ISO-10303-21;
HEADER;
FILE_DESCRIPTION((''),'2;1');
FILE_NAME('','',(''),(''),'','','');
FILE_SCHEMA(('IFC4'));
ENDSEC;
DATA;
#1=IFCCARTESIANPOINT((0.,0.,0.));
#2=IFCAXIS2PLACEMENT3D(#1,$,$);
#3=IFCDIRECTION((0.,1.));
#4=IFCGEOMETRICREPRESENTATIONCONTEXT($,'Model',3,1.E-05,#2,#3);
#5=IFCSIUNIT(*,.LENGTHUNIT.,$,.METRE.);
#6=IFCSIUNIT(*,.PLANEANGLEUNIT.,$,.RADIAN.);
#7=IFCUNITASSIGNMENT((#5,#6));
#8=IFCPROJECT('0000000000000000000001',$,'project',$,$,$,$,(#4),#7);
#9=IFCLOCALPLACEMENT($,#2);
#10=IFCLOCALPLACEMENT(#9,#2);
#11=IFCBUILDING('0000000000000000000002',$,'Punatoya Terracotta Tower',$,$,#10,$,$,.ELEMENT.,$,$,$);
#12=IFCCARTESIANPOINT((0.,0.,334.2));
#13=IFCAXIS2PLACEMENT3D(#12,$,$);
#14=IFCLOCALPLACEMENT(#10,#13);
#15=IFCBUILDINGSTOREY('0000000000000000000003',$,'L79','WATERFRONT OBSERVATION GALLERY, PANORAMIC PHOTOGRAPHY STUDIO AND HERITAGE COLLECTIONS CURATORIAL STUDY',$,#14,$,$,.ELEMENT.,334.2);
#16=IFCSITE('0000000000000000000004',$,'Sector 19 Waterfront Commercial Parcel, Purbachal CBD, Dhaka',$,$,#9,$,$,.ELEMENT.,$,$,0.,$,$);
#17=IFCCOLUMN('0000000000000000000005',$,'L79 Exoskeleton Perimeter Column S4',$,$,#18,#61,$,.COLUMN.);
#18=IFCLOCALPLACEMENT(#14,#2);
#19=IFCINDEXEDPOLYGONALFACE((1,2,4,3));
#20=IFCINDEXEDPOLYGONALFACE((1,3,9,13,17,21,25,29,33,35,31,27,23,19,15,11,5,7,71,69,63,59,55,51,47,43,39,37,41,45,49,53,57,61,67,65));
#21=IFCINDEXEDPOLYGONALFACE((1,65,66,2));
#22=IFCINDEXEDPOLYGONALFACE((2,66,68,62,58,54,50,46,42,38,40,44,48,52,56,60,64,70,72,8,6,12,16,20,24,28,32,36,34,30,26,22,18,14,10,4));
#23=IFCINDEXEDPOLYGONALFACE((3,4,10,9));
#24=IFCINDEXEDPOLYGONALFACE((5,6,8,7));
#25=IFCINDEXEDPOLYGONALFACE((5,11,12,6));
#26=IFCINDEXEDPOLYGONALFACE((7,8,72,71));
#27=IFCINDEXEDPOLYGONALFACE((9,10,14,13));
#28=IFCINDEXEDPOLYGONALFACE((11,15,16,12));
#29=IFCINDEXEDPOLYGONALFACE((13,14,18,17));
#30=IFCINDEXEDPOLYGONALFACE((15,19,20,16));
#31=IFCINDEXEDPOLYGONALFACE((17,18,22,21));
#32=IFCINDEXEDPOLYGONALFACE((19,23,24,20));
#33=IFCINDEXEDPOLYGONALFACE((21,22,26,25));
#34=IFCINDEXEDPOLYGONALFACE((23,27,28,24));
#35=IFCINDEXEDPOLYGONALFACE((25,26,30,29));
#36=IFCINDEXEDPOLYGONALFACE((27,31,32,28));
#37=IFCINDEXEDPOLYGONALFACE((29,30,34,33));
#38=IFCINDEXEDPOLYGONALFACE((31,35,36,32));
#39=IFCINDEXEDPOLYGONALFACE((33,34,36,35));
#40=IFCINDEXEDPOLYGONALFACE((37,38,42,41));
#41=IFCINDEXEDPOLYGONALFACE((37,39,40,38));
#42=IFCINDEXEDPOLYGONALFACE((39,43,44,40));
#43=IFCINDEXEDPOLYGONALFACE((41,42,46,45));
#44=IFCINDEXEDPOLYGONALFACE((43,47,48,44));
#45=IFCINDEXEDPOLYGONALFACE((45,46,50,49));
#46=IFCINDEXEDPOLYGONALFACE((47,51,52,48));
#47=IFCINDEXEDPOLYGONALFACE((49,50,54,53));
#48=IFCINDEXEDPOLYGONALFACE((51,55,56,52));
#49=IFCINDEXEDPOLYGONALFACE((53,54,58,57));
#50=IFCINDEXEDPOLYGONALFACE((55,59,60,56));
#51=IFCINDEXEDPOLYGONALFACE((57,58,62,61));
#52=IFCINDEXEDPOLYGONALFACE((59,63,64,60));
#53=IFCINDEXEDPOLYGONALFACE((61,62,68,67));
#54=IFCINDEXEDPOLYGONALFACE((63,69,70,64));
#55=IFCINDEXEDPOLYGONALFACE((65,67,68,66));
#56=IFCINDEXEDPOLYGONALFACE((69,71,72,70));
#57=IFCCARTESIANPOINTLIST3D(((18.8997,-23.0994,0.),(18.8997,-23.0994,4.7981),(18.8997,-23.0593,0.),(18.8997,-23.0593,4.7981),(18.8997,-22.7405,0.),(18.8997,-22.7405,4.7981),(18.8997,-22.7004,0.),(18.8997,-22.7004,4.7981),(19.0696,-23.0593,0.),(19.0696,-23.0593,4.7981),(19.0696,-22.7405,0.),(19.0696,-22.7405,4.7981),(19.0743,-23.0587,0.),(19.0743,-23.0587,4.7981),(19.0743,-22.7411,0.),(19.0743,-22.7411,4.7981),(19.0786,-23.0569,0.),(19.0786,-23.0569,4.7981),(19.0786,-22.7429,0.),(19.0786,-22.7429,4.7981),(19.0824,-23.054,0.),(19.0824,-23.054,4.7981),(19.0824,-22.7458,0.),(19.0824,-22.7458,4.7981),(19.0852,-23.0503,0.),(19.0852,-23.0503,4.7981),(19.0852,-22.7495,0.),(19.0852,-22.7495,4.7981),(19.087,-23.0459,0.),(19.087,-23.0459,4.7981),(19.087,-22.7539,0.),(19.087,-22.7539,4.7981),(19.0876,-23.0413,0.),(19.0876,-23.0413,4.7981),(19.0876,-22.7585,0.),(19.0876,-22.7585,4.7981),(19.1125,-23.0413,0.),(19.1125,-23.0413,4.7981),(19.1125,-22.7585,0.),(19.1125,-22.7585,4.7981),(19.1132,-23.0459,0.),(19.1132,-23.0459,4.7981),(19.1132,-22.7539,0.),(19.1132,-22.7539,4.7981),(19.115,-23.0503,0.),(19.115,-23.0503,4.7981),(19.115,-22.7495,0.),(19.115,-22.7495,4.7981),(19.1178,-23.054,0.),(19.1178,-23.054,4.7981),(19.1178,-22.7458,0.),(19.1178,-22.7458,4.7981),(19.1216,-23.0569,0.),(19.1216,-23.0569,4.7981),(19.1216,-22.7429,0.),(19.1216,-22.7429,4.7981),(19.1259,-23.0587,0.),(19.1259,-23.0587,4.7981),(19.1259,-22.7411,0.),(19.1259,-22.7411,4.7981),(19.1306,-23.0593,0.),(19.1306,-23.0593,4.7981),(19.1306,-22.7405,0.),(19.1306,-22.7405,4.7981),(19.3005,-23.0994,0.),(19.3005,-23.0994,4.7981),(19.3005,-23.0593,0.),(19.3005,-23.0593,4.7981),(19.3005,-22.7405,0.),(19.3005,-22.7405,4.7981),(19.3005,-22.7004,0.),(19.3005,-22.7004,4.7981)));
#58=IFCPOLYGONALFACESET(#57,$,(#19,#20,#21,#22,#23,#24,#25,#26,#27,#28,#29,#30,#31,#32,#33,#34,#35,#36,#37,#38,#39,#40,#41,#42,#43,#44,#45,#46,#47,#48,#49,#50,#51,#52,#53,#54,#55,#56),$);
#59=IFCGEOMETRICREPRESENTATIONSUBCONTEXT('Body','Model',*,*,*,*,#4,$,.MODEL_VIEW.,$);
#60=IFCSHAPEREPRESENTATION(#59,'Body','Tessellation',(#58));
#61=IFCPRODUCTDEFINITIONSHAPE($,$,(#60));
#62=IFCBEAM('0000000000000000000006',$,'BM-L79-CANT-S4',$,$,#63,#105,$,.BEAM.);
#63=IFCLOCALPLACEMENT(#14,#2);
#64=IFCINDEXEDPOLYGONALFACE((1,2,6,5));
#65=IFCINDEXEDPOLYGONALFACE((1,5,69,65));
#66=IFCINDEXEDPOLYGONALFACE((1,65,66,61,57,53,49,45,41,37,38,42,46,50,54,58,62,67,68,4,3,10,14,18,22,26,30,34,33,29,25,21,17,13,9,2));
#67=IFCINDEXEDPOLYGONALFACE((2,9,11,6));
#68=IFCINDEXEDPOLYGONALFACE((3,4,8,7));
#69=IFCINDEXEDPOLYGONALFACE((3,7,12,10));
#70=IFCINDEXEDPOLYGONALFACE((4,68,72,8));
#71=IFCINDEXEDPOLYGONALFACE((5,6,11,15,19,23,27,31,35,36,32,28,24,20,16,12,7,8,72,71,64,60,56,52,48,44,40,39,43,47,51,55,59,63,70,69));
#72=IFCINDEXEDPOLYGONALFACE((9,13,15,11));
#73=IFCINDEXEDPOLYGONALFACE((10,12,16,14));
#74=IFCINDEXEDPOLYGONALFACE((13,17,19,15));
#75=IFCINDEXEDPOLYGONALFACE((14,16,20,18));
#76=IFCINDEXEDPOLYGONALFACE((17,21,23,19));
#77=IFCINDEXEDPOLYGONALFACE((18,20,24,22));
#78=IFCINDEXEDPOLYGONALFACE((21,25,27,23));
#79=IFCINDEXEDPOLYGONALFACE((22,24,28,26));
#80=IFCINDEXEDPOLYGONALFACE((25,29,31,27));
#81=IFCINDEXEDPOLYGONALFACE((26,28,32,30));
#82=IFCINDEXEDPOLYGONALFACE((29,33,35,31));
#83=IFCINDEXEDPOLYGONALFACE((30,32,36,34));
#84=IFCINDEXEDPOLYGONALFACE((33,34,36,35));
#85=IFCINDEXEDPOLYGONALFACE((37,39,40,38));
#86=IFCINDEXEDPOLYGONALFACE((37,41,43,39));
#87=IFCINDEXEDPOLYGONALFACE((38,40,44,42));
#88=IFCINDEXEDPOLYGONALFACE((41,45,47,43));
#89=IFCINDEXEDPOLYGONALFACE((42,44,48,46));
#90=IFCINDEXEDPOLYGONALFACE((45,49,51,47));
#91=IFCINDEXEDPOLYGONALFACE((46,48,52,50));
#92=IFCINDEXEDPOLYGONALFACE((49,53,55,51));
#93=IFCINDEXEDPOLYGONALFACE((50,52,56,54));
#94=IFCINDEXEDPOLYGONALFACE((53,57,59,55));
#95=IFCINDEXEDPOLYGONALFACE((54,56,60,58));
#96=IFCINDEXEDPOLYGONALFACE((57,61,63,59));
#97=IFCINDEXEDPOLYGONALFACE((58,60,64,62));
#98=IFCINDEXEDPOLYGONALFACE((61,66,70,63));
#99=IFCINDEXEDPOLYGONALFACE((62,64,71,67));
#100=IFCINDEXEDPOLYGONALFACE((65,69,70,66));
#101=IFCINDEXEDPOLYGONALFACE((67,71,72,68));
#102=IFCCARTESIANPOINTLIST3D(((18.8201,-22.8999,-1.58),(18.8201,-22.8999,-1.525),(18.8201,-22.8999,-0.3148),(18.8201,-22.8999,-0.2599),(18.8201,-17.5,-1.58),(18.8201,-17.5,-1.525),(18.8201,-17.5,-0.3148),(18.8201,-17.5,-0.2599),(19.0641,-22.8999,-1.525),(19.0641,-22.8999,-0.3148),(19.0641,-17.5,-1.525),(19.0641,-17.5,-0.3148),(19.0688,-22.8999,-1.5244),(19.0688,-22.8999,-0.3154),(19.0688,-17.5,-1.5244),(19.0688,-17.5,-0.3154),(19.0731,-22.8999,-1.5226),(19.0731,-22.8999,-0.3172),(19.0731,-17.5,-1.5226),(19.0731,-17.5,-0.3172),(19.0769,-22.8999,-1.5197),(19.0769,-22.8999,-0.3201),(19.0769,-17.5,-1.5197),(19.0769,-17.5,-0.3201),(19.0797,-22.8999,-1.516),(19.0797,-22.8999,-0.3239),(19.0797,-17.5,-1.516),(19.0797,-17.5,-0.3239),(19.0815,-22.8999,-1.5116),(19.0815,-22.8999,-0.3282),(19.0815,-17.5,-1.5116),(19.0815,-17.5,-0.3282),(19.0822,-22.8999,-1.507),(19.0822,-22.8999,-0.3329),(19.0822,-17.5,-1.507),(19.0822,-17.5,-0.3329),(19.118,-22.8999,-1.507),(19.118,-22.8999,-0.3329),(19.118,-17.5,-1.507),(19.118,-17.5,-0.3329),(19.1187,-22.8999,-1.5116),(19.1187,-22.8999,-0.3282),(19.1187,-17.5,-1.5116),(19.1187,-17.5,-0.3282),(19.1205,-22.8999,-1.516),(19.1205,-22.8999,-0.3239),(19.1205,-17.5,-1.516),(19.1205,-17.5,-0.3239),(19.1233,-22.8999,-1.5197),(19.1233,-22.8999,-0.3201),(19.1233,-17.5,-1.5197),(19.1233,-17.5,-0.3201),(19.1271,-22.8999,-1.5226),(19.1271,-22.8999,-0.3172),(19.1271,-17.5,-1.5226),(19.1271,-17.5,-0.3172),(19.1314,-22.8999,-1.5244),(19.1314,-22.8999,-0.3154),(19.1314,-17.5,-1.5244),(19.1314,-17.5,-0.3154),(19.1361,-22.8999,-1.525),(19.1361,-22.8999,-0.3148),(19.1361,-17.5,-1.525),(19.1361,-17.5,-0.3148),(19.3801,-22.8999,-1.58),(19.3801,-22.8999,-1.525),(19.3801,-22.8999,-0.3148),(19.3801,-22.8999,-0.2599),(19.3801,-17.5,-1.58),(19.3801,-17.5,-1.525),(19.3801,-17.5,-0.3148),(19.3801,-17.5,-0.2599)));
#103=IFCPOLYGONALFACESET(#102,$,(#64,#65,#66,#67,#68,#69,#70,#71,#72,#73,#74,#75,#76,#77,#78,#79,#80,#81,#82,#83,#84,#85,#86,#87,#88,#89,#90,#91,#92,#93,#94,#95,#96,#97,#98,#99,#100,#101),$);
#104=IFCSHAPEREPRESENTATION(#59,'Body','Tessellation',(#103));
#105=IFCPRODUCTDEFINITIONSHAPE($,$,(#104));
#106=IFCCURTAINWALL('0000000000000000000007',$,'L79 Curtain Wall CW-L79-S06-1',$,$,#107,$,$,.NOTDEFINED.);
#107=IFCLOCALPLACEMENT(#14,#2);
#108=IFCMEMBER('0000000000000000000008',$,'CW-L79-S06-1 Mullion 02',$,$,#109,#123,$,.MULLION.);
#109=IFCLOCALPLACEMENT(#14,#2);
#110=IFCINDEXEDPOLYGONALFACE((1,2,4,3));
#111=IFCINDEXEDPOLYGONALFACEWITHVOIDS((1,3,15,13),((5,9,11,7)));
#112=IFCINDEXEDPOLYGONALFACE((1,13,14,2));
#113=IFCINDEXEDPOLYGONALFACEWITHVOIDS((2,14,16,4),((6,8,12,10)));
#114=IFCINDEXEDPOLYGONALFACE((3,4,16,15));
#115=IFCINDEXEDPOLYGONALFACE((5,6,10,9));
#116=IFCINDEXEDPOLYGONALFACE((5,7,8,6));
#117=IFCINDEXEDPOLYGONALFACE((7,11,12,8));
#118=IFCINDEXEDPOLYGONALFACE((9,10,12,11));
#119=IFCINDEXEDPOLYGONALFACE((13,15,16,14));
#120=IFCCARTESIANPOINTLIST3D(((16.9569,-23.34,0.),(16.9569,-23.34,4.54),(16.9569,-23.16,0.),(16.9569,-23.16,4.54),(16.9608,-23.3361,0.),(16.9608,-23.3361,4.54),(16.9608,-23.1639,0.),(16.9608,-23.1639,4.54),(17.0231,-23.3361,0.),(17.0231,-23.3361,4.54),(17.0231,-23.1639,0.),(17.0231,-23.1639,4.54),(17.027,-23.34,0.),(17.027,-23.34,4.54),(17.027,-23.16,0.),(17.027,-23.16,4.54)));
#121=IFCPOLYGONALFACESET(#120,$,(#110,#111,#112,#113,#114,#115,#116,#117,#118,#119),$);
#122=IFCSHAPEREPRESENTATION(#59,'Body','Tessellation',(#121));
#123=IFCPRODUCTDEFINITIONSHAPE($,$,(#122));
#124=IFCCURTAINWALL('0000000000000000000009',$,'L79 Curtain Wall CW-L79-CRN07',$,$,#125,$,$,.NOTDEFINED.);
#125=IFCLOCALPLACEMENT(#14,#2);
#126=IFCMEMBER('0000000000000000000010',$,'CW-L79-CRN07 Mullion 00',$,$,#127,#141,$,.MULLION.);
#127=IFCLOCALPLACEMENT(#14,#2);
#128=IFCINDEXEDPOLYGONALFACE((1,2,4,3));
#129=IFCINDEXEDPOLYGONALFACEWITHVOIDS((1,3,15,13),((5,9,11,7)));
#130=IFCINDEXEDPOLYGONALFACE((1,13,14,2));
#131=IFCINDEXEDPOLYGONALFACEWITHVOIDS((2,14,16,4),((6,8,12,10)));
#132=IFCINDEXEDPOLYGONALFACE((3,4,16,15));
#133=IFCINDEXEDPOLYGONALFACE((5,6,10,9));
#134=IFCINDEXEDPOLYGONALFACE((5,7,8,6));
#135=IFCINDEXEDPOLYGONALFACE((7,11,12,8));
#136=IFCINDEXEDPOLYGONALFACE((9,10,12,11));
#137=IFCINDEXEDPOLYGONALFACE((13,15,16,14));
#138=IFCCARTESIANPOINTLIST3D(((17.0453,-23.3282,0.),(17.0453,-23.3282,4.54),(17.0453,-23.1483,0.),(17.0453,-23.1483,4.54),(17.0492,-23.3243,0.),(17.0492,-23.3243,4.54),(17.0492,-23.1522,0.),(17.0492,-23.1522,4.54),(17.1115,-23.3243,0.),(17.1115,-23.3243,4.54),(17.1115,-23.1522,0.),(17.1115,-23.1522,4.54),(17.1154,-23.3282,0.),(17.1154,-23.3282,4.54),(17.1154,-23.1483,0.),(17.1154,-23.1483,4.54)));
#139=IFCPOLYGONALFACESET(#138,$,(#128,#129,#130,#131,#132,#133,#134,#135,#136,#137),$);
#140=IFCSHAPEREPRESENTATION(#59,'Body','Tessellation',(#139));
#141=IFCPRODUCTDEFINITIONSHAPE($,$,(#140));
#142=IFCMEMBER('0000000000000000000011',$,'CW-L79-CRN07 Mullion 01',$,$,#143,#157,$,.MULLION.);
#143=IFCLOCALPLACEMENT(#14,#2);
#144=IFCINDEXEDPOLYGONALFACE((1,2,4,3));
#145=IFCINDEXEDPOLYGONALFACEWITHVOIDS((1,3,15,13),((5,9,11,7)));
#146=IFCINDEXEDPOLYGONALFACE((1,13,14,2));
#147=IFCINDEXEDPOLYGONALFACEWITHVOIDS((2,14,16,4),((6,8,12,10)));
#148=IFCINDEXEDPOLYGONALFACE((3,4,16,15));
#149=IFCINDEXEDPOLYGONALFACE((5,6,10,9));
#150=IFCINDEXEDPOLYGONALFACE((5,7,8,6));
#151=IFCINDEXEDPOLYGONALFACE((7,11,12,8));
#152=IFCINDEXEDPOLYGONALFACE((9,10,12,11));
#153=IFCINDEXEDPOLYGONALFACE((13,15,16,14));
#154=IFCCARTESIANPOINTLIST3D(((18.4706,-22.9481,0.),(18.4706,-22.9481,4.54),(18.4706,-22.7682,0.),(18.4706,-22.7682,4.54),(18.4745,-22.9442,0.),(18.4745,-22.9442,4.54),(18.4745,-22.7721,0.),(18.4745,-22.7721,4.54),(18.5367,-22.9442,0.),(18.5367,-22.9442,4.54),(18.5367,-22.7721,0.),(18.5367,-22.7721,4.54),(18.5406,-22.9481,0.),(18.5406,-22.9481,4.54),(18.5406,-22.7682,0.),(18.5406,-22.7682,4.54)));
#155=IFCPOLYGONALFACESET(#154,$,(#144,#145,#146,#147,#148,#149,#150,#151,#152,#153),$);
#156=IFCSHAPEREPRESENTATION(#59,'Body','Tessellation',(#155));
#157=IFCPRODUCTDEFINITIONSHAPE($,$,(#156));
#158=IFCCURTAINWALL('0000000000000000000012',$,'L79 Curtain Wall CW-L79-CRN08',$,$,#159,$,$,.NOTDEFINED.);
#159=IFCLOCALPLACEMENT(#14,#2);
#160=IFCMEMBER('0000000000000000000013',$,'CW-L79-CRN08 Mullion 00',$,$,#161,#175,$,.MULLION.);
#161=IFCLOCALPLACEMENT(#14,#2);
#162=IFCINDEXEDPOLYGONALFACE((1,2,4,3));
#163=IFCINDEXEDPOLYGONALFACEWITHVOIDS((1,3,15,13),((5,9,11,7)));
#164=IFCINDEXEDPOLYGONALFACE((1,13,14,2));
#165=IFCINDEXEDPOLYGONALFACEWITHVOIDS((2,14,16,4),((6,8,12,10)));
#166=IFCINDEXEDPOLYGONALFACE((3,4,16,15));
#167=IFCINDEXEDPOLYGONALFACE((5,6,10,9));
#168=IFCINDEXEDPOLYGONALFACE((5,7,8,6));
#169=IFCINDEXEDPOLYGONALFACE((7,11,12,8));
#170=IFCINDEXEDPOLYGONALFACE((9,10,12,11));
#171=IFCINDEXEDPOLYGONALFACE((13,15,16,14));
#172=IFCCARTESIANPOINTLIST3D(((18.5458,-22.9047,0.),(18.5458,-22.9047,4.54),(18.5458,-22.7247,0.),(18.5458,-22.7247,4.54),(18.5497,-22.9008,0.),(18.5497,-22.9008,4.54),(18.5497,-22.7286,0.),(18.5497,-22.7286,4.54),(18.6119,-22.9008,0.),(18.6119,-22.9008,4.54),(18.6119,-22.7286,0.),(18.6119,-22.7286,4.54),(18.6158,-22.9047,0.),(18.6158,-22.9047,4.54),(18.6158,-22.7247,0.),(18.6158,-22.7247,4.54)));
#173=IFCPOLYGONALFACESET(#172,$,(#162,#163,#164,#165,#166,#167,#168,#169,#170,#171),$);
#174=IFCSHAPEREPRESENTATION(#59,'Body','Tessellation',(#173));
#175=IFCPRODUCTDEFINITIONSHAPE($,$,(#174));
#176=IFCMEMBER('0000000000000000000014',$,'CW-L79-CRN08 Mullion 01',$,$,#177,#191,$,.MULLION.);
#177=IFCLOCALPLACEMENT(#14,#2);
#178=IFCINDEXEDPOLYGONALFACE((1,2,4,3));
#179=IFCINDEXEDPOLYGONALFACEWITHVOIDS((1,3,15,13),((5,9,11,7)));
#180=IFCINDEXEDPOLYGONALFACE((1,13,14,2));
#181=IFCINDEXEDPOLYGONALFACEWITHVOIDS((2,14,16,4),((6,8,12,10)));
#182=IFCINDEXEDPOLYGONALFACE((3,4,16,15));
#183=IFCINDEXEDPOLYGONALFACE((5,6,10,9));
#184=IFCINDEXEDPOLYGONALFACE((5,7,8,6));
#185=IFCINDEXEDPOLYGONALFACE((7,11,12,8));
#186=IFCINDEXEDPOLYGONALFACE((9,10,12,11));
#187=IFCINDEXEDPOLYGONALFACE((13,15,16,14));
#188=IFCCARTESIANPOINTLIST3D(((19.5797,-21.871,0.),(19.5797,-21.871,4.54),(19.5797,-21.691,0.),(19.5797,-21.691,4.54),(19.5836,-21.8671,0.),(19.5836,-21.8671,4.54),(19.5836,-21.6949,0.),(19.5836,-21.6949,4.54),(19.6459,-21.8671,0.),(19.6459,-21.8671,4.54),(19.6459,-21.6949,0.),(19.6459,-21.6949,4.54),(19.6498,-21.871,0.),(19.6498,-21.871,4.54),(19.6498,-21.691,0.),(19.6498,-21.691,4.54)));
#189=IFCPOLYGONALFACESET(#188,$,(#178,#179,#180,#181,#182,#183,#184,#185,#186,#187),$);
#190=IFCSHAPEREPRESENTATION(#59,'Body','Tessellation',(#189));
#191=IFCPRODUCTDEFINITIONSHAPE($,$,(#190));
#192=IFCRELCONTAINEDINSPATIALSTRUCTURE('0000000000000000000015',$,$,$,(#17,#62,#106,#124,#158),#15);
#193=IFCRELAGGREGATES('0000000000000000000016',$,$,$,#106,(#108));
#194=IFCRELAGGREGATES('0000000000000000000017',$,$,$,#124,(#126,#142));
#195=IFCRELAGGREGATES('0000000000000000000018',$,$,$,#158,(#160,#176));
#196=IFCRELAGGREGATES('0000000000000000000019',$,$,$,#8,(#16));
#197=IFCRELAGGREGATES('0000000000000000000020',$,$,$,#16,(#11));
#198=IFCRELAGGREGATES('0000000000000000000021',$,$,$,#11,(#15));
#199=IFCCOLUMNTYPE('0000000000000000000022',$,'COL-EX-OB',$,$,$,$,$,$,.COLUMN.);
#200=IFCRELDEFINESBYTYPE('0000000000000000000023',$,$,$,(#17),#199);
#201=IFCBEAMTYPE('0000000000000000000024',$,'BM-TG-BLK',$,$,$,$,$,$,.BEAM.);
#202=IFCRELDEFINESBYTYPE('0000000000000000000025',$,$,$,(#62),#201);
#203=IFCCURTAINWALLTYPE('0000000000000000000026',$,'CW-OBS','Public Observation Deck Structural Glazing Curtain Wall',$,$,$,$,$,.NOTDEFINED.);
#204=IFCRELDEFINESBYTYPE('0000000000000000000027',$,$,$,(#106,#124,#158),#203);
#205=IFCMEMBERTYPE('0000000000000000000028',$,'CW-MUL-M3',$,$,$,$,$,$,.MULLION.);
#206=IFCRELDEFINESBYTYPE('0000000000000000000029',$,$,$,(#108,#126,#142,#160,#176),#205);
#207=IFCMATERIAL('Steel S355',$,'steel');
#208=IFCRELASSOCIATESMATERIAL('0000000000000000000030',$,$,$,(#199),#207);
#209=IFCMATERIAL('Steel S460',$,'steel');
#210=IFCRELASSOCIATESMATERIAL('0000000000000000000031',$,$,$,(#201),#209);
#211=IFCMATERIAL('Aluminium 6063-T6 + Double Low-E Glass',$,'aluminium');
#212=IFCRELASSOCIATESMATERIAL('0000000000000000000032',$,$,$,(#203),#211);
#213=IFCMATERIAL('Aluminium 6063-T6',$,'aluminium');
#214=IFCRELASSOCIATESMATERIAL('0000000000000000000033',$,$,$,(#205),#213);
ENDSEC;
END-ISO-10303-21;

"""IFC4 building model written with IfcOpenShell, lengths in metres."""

from ifc_helpers import new_model, si_unit, direction, frame, origin, origin_2d, place, context, subcontext, project, spatial, hollow_rectangle, i_section, extrude, material, material_profile, profile_set, type_object, element, aggregate, save


model = new_model("IFC4")

# Units and contexts
model_context = context("Model", 3, precision=1e-05, world=origin(), true_north=direction((0.0, 1.0)))
body_context = subcontext(model_context, "Body", "Model", "MODEL_VIEW")
ifc_project = project(units=[si_unit("LENGTHUNIT", "METRE"), si_unit("PLANEANGLEUNIT", "RADIAN")], contexts=[model_context])

# Site, building, storey
site_placement = place(None, origin())
site = spatial("IfcSite", under=ifc_project, at=site_placement, Name="Sector 19 Waterfront Commercial Parcel, Purbachal CBD, Dhaka", CompositionType="ELEMENT", RefElevation=0.0)
building_placement = place(site_placement, origin())
building = spatial("IfcBuilding", under=site, at=building_placement, Name="Punatoya Terracotta Tower", CompositionType="ELEMENT")
storey_placement = place(building_placement, frame((0.0, 0.0, 334.2)))
storey = spatial("IfcBuildingStorey", under=building, at=storey_placement, Name="L79", Description="WATERFRONT OBSERVATION GALLERY, PANORAMIC PHOTOGRAPHY STUDIO AND HERITAGE COLLECTIONS CURATORIAL STUDY", CompositionType="ELEMENT", Elevation=334.2)

# Column
ifc_material_1 = material(Name="Steel S355", Category="steel")
ifc_material_profile_1 = material_profile(ifc_material_1, i_section(OverallWidth=0.4009, OverallDepth=0.3989, WebThickness=0.0249, FlangeThickness=0.04, FilletRadius=0.0181, at=origin_2d()))
ifc_profile_set_1 = profile_set([ifc_material_profile_1], Name="Steel S355")
column_type = type_object("IfcColumnType", Name="COL-EX-OB", PredefinedType="COLUMN", material=ifc_profile_set_1)
column_placement = place(storey_placement, frame((19.1001, -22.8999, 0.0), z_axis=(0.0, 0.0, 1.0), x_axis=(1.0, 0.0, 0.0)))
element("IfcColumn", 1, at=column_placement, inside=storey, type_object=column_type, Name="L79 Exoskeleton Perimeter Column S4", PredefinedType="COLUMN", context=body_context, shape_type="SweptSolid", body=[
    extrude(i_section(OverallWidth=0.4009, OverallDepth=0.3989, WebThickness=0.0249, FlangeThickness=0.04, FilletRadius=0.0181, at=origin_2d()), origin(), (0.0, 0.0, 1.0), 4.7981),
])

# Beam
ifc_material_2 = material(Name="Steel S460", Category="steel")
ifc_material_profile_2 = material_profile(ifc_material_2, i_section(OverallWidth=0.5601, OverallDepth=1.3201, WebThickness=0.0359, FlangeThickness=0.0549, FilletRadius=0.0181, at=origin_2d()))
ifc_profile_set_2 = profile_set([ifc_material_profile_2], Name="Steel S460")
beam_type = type_object("IfcBeamType", Name="BM-TG-BLK", PredefinedType="BEAM", material=ifc_profile_set_2)
beam_placement = place(storey_placement, frame((19.1001, -22.8999, -0.9199), z_axis=(0.0, 1.0, 0.0), x_axis=(-1.0, 0.0, 0.0)))
element("IfcBeam", 2, at=beam_placement, inside=storey, type_object=beam_type, Name="BM-L79-CANT-S4", PredefinedType="BEAM", context=body_context, shape_type="SweptSolid", body=[
    extrude(i_section(OverallWidth=0.5601, OverallDepth=1.3201, WebThickness=0.0359, FlangeThickness=0.0549, FilletRadius=0.0181, at=origin_2d()), origin(), (0.0, 0.0, 1.0), 5.3999),
])

# Curtain wall, member
ifc_material_3 = material(Name="Aluminium 6063-T6 + Double Low-E Glass", Category="aluminium")
curtain_wall_type = type_object("IfcCurtainWallType", Name="CW-OBS", Description="Public Observation Deck Structural Glazing Curtain Wall", PredefinedType="NOTDEFINED", material=ifc_material_3)
curtain_wall_1_placement = place(storey_placement, origin())
curtain_wall_1 = element("IfcCurtainWall", 3, at=curtain_wall_1_placement, inside=storey, type_object=curtain_wall_type, Name="L79 Curtain Wall CW-L79-S06-1", PredefinedType="NOTDEFINED")
ifc_material_4 = material(Name="Aluminium 6063-T6", Category="aluminium")
ifc_material_profile_3 = material_profile(ifc_material_4, hollow_rectangle(XDim=0.0701, YDim=0.1799, WallThickness=0.0039, at=origin_2d()))
ifc_profile_set_3 = profile_set([ifc_material_profile_3], Name="Aluminium 6063-T6")
member_type_1 = type_object("IfcMemberType", Name="CW-MUL-M3", PredefinedType="MULLION", material=ifc_profile_set_3)
member_1_placement = place(storey_placement, frame((16.9919, -23.25, 0.0), z_axis=(0.0, 0.0, 1.0), x_axis=(1.0, 0.0, 0.0)))
member_1 = element("IfcMember", 4, at=member_1_placement, type_object=member_type_1, Name="CW-L79-S06-1 Mullion 02", PredefinedType="MULLION", context=body_context, shape_type="SweptSolid", body=[
    extrude(hollow_rectangle(XDim=0.0701, YDim=0.1799, WallThickness=0.0039, at=origin_2d()), origin(), (0.0, 0.0, 1.0), 4.54),
])

# Curtain walls, members
curtain_wall_2_placement = place(storey_placement, origin())
curtain_wall_2 = element("IfcCurtainWall", 5, at=curtain_wall_2_placement, inside=storey, type_object=curtain_wall_type, Name="L79 Curtain Wall CW-L79-CRN07", PredefinedType="NOTDEFINED")
member_2_placement = place(storey_placement, frame((17.0803, -23.2383, 0.0), z_axis=(0.0, 0.0, 1.0), x_axis=(1.0, 0.0, 0.0)))
member_2 = element("IfcMember", 6, at=member_2_placement, type_object=member_type_1, Name="CW-L79-CRN07 Mullion 00", PredefinedType="MULLION", context=body_context, shape_type="SweptSolid", body=[
    extrude(hollow_rectangle(XDim=0.0701, YDim=0.1799, WallThickness=0.0039, at=origin_2d()), origin(), (0.0, 0.0, 1.0), 4.54),
])
member_3_placement = place(storey_placement, frame((18.5056, -22.8582, 0.0), z_axis=(0.0, 0.0, 1.0), x_axis=(1.0, 0.0, 0.0)))
member_3 = element("IfcMember", 7, at=member_3_placement, type_object=member_type_1, Name="CW-L79-CRN07 Mullion 01", PredefinedType="MULLION", context=body_context, shape_type="SweptSolid", body=[
    extrude(hollow_rectangle(XDim=0.0701, YDim=0.1799, WallThickness=0.0039, at=origin_2d()), origin(), (0.0, 0.0, 1.0), 4.54),
])
curtain_wall_3_placement = place(storey_placement, origin())
curtain_wall_3 = element("IfcCurtainWall", 8, at=curtain_wall_3_placement, inside=storey, type_object=curtain_wall_type, Name="L79 Curtain Wall CW-L79-CRN08", PredefinedType="NOTDEFINED")
member_4_placement = place(storey_placement, frame((18.5808, -22.8147, 0.0), z_axis=(0.0, 0.0, 1.0), x_axis=(1.0, 0.0, 0.0)))
member_4 = element("IfcMember", 9, at=member_4_placement, type_object=member_type_1, Name="CW-L79-CRN08 Mullion 00", PredefinedType="MULLION", context=body_context, shape_type="SweptSolid", body=[
    extrude(hollow_rectangle(XDim=0.0701, YDim=0.1799, WallThickness=0.0039, at=origin_2d()), origin(), (0.0, 0.0, 1.0), 4.54),
])
member_5_placement = place(storey_placement, frame((19.6147, -21.781, 0.0), z_axis=(0.0, 0.0, 1.0), x_axis=(1.0, 0.0, 0.0)))
member_5 = element("IfcMember", 10, at=member_5_placement, type_object=member_type_1, Name="CW-L79-CRN08 Mullion 01", PredefinedType="MULLION", context=body_context, shape_type="SweptSolid", body=[
    extrude(hollow_rectangle(XDim=0.0701, YDim=0.1799, WallThickness=0.0039, at=origin_2d()), origin(), (0.0, 0.0, 1.0), 4.54),
])

aggregate(curtain_wall_1, [member_1])
aggregate(curtain_wall_2, [member_2, member_3])
aggregate(curtain_wall_3, [member_4, member_5])

save(model, "model.ifc")
